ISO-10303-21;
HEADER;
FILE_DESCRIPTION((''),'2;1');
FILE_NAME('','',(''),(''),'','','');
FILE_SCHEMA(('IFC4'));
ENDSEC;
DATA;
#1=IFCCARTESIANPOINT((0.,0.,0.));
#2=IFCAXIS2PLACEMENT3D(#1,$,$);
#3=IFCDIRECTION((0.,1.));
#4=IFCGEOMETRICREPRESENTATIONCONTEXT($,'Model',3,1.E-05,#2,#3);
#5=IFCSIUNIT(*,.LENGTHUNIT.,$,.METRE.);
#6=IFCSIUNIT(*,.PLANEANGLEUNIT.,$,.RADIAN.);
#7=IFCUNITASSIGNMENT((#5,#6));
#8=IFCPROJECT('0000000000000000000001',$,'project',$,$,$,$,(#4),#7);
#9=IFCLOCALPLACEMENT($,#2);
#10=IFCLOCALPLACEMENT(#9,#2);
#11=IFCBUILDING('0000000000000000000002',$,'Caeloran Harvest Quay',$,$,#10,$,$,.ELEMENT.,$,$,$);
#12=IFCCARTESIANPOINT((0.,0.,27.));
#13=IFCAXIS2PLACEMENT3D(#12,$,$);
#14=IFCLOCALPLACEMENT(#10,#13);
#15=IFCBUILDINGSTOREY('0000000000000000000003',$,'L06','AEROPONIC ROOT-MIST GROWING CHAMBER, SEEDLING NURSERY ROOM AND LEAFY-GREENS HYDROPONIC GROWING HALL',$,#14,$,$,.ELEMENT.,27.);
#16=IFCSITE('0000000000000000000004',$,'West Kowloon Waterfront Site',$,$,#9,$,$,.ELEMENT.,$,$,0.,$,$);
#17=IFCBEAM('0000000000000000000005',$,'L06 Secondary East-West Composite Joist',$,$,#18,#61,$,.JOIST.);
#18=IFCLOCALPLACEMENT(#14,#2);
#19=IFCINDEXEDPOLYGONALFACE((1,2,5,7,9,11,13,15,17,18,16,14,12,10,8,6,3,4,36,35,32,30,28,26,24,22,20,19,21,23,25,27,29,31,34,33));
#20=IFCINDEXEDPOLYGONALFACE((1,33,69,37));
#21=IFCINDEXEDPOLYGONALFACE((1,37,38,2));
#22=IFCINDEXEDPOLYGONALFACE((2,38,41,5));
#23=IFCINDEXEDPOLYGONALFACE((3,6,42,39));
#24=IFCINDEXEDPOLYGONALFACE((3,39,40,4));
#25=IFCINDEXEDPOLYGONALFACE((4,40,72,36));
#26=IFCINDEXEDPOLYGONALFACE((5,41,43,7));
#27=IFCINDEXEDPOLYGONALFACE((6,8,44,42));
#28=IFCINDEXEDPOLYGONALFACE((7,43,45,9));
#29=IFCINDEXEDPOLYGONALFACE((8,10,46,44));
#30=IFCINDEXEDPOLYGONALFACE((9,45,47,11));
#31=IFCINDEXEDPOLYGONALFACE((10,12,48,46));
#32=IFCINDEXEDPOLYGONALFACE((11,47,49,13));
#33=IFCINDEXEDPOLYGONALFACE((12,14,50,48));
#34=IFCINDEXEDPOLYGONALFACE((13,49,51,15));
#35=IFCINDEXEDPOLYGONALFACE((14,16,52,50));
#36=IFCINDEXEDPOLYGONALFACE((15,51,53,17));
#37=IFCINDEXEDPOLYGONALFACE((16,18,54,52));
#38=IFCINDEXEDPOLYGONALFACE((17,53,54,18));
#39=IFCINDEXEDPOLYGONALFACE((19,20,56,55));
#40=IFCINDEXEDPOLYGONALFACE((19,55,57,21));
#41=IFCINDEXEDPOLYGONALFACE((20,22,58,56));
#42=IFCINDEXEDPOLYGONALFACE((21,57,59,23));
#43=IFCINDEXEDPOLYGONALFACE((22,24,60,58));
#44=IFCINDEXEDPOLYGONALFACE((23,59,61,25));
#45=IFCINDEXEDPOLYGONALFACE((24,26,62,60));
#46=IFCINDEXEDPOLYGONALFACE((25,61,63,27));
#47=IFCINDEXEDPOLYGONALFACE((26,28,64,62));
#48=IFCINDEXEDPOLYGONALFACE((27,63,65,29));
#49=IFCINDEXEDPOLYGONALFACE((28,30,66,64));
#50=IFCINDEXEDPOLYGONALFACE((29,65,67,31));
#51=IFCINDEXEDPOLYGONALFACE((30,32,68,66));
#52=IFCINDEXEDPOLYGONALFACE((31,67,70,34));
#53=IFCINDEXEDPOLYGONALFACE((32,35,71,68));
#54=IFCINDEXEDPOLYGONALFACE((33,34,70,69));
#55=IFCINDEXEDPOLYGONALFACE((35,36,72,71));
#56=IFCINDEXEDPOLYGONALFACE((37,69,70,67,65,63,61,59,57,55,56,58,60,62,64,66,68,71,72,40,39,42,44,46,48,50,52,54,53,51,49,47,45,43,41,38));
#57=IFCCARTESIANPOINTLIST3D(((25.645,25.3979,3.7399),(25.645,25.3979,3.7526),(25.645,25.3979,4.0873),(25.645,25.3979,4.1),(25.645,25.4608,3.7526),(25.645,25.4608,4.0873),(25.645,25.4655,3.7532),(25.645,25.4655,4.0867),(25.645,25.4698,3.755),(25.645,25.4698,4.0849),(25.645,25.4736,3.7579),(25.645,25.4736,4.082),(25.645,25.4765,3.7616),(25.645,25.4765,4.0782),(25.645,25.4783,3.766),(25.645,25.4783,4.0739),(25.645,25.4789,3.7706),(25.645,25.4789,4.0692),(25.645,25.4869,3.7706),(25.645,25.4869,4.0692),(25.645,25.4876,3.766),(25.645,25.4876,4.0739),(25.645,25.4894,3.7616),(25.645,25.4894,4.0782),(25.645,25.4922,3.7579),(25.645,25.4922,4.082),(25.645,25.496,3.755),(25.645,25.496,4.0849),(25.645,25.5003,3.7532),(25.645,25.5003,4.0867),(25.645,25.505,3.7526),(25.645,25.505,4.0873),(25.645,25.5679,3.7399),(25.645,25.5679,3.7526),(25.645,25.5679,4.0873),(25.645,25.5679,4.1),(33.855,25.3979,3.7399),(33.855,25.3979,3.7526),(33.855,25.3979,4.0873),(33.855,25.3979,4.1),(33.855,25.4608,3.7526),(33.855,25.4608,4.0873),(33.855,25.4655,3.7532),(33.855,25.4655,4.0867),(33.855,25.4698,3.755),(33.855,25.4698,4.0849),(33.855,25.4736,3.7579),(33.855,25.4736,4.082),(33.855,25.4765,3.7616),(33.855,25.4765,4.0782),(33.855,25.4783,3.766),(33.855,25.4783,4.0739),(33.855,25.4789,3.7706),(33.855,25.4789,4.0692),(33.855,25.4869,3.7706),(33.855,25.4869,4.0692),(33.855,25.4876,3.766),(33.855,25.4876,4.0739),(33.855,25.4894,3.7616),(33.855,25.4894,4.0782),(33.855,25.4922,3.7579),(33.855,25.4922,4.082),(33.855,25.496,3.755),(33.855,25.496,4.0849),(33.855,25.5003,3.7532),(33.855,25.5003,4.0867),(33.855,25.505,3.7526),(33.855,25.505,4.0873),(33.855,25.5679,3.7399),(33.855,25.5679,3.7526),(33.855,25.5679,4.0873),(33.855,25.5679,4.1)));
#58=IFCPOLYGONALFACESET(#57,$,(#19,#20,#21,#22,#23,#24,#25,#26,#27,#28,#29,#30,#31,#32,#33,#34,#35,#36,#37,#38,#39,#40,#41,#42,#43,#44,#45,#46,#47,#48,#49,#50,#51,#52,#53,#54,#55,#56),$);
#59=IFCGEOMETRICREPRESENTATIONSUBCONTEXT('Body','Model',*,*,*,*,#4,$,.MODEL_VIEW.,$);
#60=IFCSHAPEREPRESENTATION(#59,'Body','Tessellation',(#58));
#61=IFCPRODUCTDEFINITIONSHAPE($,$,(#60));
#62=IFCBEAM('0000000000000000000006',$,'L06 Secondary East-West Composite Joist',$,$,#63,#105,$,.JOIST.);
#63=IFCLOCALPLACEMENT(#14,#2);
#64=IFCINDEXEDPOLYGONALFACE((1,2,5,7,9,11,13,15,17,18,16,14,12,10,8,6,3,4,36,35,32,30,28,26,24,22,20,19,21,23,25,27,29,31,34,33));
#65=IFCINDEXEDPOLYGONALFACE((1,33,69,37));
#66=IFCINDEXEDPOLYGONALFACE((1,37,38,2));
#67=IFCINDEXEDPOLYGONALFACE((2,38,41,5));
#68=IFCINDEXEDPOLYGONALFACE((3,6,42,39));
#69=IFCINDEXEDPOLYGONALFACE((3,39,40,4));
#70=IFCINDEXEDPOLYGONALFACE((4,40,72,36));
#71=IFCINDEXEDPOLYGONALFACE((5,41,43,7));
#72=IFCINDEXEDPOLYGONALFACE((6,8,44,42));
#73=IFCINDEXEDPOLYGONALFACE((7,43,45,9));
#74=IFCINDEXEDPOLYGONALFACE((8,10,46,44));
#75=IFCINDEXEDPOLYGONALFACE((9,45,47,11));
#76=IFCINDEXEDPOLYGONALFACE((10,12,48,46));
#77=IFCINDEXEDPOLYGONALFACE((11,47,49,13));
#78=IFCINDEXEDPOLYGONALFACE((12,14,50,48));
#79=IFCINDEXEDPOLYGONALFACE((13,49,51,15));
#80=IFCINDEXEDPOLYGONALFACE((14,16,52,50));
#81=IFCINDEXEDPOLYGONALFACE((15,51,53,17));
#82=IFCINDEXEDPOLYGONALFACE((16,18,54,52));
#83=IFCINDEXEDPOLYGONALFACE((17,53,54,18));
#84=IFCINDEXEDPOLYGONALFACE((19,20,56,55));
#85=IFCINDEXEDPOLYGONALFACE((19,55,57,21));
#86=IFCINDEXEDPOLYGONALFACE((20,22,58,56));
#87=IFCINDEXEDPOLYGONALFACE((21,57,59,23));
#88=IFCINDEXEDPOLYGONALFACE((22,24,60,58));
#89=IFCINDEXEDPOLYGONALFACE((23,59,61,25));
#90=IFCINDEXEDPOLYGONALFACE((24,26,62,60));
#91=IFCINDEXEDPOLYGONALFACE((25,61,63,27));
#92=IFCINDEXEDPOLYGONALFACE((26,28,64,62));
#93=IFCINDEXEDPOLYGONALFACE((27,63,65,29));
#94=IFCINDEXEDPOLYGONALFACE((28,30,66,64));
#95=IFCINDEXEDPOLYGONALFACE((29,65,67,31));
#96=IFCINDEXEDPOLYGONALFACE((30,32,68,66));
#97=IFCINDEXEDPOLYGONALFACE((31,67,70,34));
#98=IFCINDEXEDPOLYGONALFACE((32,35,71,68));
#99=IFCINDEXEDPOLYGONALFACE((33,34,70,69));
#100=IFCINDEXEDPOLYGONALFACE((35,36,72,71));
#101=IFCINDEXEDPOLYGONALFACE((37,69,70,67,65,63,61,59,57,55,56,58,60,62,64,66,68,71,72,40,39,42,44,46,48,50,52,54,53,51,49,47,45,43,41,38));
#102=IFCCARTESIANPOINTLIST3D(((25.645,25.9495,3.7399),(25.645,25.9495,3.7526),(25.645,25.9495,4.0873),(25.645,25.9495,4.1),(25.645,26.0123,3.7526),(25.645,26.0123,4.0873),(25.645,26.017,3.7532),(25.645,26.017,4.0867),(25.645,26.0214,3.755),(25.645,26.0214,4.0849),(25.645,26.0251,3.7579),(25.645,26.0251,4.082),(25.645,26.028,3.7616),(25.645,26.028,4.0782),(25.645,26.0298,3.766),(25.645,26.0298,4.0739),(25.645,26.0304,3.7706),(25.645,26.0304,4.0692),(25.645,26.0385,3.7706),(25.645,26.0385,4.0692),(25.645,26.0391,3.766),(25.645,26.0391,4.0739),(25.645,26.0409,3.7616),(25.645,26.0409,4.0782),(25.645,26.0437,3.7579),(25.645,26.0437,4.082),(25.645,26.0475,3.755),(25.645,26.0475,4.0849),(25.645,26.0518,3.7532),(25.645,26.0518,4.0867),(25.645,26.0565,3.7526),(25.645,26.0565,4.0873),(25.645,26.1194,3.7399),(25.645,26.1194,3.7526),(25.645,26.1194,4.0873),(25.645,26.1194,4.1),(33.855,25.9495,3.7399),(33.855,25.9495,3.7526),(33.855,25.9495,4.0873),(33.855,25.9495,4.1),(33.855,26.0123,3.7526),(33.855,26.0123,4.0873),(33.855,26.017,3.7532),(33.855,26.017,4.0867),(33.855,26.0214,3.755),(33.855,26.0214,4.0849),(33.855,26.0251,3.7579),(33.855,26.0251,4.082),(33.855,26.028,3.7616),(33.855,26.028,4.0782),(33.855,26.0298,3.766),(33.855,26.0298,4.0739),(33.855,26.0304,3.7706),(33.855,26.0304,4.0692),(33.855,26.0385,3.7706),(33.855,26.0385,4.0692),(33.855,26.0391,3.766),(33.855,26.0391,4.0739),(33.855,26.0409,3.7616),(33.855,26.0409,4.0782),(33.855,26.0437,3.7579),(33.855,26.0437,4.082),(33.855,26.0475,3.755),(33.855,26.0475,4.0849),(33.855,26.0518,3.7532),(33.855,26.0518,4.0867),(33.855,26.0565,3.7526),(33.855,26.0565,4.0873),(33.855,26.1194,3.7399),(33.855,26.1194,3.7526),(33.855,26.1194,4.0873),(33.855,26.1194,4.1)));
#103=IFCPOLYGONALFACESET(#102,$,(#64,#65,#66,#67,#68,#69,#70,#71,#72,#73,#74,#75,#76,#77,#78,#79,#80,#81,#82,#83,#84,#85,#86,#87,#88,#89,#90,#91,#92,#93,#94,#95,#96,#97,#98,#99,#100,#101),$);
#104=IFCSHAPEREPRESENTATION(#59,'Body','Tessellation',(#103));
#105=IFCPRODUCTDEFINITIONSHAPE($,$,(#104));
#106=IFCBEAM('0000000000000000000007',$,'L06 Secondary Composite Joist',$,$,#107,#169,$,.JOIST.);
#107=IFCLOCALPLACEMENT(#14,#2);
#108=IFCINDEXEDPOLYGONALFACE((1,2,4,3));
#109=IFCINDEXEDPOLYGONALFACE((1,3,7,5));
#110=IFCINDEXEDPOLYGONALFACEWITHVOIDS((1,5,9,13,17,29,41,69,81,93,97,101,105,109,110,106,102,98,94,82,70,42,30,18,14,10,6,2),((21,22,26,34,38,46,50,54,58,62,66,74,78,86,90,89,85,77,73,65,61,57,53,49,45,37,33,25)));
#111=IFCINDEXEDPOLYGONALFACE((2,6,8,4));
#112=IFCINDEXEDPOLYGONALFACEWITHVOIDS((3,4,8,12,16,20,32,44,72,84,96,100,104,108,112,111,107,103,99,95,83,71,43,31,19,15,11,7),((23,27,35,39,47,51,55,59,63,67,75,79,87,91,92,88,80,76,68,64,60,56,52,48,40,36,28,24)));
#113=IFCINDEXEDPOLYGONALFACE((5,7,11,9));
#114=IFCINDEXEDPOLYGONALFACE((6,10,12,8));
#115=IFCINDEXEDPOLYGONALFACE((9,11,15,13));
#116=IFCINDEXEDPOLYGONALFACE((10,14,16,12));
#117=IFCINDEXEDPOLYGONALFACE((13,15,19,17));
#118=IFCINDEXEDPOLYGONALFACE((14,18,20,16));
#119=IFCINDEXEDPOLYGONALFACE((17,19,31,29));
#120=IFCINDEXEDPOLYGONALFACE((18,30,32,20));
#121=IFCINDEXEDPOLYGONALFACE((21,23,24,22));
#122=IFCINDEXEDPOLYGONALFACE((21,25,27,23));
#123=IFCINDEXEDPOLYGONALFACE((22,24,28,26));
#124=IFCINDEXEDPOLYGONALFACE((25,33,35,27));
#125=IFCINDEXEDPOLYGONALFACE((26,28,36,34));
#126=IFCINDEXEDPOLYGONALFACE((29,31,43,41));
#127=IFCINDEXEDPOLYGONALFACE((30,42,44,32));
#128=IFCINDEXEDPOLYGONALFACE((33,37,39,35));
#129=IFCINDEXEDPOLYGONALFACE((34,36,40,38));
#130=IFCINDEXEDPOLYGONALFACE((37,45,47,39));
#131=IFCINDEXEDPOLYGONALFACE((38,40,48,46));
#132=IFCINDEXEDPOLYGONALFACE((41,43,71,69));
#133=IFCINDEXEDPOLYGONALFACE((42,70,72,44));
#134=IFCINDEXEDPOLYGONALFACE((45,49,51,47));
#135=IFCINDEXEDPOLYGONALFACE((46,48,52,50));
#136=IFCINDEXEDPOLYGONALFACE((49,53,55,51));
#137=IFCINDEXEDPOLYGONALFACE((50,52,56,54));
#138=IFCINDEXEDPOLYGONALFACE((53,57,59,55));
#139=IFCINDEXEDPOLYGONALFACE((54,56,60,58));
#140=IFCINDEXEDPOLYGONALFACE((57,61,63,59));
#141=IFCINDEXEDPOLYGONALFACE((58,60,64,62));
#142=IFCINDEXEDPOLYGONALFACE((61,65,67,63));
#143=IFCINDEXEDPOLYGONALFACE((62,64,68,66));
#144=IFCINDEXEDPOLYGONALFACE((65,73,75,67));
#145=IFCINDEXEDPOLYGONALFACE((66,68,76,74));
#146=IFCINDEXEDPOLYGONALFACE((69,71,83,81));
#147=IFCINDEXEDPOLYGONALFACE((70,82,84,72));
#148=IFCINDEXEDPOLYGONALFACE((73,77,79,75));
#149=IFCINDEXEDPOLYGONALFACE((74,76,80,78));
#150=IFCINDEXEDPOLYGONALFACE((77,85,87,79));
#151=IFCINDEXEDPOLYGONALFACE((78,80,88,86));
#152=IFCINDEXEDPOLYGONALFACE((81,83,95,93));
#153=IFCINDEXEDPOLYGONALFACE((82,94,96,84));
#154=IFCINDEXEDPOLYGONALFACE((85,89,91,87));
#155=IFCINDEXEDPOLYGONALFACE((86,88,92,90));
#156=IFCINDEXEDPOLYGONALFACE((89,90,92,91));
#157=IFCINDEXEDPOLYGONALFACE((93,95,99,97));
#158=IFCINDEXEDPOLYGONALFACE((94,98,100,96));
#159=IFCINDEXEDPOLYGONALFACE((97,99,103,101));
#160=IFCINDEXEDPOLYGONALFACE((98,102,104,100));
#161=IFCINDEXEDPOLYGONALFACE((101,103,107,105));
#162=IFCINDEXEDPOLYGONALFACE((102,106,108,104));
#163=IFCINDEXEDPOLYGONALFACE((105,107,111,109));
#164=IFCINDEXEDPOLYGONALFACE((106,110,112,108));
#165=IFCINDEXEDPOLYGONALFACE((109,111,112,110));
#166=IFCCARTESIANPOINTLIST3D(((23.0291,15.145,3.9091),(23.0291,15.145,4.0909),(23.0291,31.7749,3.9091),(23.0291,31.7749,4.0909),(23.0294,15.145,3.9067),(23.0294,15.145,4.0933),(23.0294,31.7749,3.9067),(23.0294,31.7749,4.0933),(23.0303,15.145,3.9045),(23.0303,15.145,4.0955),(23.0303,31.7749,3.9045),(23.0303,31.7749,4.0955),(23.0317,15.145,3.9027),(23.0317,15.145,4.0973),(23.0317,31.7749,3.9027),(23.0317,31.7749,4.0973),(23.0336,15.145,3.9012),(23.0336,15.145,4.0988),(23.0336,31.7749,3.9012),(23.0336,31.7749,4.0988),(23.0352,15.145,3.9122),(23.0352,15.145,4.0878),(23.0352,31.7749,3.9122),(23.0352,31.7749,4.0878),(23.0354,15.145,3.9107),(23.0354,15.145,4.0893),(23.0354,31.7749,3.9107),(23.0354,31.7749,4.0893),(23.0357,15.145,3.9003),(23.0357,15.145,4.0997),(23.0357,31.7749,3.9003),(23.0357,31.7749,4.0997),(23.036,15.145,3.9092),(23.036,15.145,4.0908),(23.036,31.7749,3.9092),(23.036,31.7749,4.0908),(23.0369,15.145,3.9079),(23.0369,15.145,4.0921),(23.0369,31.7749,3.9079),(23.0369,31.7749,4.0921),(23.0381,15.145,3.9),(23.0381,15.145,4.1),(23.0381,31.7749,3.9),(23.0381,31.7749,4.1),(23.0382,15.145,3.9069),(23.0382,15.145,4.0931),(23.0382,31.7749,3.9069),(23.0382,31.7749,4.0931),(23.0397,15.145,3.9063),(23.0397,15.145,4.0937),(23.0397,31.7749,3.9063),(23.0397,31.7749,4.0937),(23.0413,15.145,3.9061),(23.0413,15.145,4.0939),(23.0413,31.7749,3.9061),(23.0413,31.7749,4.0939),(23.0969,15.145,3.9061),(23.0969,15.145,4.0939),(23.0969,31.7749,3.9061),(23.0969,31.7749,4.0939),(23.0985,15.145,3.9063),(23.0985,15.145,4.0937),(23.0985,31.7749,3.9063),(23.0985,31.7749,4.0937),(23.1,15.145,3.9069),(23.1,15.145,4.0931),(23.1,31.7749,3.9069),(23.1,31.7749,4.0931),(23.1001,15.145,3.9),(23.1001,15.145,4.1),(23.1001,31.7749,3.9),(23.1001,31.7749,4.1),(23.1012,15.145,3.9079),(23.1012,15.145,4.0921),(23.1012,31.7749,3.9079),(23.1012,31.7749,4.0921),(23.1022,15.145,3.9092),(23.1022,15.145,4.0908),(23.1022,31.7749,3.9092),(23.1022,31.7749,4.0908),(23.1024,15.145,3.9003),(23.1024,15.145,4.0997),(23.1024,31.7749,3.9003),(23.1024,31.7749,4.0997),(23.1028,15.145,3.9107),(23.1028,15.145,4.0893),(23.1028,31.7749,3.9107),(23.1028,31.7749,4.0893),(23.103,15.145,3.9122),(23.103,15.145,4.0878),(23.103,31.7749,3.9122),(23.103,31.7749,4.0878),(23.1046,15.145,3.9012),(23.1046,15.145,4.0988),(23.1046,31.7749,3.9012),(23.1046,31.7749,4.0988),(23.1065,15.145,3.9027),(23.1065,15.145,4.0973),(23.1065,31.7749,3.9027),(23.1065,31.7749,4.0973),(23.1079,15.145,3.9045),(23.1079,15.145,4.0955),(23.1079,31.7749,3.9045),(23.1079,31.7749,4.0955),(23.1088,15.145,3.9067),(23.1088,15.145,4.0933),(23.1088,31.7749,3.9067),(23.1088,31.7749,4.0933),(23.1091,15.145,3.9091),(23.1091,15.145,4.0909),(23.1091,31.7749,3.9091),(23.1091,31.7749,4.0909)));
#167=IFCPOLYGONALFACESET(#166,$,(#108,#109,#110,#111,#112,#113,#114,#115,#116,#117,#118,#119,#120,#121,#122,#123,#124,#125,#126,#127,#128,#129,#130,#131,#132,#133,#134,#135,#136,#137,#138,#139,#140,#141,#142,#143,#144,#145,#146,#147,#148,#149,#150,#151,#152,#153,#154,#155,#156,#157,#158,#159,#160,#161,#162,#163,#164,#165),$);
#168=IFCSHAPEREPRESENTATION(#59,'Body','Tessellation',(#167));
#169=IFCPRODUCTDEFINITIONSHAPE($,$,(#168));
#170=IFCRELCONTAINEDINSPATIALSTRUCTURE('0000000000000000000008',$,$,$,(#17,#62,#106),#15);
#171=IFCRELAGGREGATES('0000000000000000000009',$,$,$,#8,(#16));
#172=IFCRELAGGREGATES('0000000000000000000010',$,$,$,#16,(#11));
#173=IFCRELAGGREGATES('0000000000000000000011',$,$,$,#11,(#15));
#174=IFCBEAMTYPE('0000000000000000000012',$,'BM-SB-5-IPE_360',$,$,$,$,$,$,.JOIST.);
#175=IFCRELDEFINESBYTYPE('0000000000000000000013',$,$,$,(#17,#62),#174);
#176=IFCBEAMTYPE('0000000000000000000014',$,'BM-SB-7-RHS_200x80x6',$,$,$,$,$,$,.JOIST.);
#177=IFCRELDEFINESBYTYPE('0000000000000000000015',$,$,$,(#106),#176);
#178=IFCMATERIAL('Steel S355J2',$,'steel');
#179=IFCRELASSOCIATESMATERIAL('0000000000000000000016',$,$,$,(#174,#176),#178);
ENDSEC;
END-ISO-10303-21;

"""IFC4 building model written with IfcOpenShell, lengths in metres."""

from ifc_helpers import new_model, si_unit, direction, frame, origin, origin_2d, place, context, subcontext, project, spatial, hollow_rectangle, i_section, extrude, material, material_profile, profile_set, type_object, element, save


model = new_model("IFC4")

# Units and contexts
model_context = context("Model", 3, precision=1e-05, world=origin(), true_north=direction((0.0, 1.0)))
body_context = subcontext(model_context, "Body", "Model", "MODEL_VIEW")
ifc_project = project(units=[si_unit("LENGTHUNIT", "METRE"), si_unit("PLANEANGLEUNIT", "RADIAN")], contexts=[model_context])

# Site, building, storey
site_placement = place(None, origin())
site = spatial("IfcSite", under=ifc_project, at=site_placement, Name="West Kowloon Waterfront Site", CompositionType="ELEMENT", RefElevation=0.0)
building_placement = place(site_placement, origin())
building = spatial("IfcBuilding", under=site, at=building_placement, Name="Caeloran Harvest Quay", CompositionType="ELEMENT")
storey_placement = place(building_placement, frame((0.0, 0.0, 27.0)))
storey = spatial("IfcBuildingStorey", under=building, at=storey_placement, Name="L06", Description="AEROPONIC ROOT-MIST GROWING CHAMBER, SEEDLING NURSERY ROOM AND LEAFY-GREENS HYDROPONIC GROWING HALL", CompositionType="ELEMENT", Elevation=27.0)

# Beams
ifc_material_1 = material(Name="Steel S355J2", Category="steel")
ifc_material_profile_1 = material_profile(ifc_material_1, i_section(OverallWidth=0.1699, OverallDepth=0.3601, WebThickness=0.0081, FlangeThickness=0.0127, FilletRadius=0.0181, at=origin_2d()), Name="IPE 360")
ifc_profile_set_1 = profile_set([ifc_material_profile_1], Name="Steel S355J2")
beam_type_1 = type_object("IfcBeamType", Name="BM-SB-5-IPE_360", PredefinedType="JOIST", material=ifc_profile_set_1)
for number, where, z_axis, x_axis, name in (
    (1, (25.645, 25.4829, 3.9199), (1.0, 0.0, 0.0), (0.0, 1.0, 0.0), "L06 Secondary East-West Composite Joist"),
    (2, (25.645, 26.0344, 3.9199), (1.0, 0.0, 0.0), (0.0, 1.0, 0.0), "L06 Secondary East-West Composite Joist"),
):
    element("IfcBeam", number, at=place(storey_placement, frame(where, z_axis=z_axis, x_axis=x_axis)), inside=storey, type_object=beam_type_1, Name=name, PredefinedType="JOIST", context=body_context, shape_type="SweptSolid", body=[
        extrude(i_section(OverallWidth=0.1699, OverallDepth=0.3601, WebThickness=0.0081, FlangeThickness=0.0127, FilletRadius=0.0181, at=origin_2d()), origin(), (0.0, 0.0, 1.0), 8.21),
    ])
ifc_material_profile_2 = material_profile(ifc_material_1, hollow_rectangle(XDim=0.0801, YDim=0.2, WallThickness=0.0061, InnerFilletRadius=0.0061, OuterFilletRadius=0.009, at=origin_2d()), Name="RHS 200x80x6")
ifc_profile_set_2 = profile_set([ifc_material_profile_2], Name="Steel S355J2")
beam_type_2 = type_object("IfcBeamType", Name="BM-SB-7-RHS_200x80x6", PredefinedType="JOIST", material=ifc_profile_set_2)
for number, where, z_axis, x_axis, name in (
    (3, (23.0691, 15.145, 4.0), (0.0, 1.0, 0.0), (-1.0, 0.0, 0.0), "L06 Secondary Composite Joist"),
):
    element("IfcBeam", number, at=place(storey_placement, frame(where, z_axis=z_axis, x_axis=x_axis)), inside=storey, type_object=beam_type_2, Name=name, PredefinedType="JOIST", context=body_context, shape_type="SweptSolid", body=[
        extrude(hollow_rectangle(XDim=0.0801, YDim=0.2, WallThickness=0.0061, InnerFilletRadius=0.0061, OuterFilletRadius=0.009, at=origin_2d()), origin(), (0.0, 0.0, 1.0), 16.6299),
    ])

save(model, "model.ifc")
